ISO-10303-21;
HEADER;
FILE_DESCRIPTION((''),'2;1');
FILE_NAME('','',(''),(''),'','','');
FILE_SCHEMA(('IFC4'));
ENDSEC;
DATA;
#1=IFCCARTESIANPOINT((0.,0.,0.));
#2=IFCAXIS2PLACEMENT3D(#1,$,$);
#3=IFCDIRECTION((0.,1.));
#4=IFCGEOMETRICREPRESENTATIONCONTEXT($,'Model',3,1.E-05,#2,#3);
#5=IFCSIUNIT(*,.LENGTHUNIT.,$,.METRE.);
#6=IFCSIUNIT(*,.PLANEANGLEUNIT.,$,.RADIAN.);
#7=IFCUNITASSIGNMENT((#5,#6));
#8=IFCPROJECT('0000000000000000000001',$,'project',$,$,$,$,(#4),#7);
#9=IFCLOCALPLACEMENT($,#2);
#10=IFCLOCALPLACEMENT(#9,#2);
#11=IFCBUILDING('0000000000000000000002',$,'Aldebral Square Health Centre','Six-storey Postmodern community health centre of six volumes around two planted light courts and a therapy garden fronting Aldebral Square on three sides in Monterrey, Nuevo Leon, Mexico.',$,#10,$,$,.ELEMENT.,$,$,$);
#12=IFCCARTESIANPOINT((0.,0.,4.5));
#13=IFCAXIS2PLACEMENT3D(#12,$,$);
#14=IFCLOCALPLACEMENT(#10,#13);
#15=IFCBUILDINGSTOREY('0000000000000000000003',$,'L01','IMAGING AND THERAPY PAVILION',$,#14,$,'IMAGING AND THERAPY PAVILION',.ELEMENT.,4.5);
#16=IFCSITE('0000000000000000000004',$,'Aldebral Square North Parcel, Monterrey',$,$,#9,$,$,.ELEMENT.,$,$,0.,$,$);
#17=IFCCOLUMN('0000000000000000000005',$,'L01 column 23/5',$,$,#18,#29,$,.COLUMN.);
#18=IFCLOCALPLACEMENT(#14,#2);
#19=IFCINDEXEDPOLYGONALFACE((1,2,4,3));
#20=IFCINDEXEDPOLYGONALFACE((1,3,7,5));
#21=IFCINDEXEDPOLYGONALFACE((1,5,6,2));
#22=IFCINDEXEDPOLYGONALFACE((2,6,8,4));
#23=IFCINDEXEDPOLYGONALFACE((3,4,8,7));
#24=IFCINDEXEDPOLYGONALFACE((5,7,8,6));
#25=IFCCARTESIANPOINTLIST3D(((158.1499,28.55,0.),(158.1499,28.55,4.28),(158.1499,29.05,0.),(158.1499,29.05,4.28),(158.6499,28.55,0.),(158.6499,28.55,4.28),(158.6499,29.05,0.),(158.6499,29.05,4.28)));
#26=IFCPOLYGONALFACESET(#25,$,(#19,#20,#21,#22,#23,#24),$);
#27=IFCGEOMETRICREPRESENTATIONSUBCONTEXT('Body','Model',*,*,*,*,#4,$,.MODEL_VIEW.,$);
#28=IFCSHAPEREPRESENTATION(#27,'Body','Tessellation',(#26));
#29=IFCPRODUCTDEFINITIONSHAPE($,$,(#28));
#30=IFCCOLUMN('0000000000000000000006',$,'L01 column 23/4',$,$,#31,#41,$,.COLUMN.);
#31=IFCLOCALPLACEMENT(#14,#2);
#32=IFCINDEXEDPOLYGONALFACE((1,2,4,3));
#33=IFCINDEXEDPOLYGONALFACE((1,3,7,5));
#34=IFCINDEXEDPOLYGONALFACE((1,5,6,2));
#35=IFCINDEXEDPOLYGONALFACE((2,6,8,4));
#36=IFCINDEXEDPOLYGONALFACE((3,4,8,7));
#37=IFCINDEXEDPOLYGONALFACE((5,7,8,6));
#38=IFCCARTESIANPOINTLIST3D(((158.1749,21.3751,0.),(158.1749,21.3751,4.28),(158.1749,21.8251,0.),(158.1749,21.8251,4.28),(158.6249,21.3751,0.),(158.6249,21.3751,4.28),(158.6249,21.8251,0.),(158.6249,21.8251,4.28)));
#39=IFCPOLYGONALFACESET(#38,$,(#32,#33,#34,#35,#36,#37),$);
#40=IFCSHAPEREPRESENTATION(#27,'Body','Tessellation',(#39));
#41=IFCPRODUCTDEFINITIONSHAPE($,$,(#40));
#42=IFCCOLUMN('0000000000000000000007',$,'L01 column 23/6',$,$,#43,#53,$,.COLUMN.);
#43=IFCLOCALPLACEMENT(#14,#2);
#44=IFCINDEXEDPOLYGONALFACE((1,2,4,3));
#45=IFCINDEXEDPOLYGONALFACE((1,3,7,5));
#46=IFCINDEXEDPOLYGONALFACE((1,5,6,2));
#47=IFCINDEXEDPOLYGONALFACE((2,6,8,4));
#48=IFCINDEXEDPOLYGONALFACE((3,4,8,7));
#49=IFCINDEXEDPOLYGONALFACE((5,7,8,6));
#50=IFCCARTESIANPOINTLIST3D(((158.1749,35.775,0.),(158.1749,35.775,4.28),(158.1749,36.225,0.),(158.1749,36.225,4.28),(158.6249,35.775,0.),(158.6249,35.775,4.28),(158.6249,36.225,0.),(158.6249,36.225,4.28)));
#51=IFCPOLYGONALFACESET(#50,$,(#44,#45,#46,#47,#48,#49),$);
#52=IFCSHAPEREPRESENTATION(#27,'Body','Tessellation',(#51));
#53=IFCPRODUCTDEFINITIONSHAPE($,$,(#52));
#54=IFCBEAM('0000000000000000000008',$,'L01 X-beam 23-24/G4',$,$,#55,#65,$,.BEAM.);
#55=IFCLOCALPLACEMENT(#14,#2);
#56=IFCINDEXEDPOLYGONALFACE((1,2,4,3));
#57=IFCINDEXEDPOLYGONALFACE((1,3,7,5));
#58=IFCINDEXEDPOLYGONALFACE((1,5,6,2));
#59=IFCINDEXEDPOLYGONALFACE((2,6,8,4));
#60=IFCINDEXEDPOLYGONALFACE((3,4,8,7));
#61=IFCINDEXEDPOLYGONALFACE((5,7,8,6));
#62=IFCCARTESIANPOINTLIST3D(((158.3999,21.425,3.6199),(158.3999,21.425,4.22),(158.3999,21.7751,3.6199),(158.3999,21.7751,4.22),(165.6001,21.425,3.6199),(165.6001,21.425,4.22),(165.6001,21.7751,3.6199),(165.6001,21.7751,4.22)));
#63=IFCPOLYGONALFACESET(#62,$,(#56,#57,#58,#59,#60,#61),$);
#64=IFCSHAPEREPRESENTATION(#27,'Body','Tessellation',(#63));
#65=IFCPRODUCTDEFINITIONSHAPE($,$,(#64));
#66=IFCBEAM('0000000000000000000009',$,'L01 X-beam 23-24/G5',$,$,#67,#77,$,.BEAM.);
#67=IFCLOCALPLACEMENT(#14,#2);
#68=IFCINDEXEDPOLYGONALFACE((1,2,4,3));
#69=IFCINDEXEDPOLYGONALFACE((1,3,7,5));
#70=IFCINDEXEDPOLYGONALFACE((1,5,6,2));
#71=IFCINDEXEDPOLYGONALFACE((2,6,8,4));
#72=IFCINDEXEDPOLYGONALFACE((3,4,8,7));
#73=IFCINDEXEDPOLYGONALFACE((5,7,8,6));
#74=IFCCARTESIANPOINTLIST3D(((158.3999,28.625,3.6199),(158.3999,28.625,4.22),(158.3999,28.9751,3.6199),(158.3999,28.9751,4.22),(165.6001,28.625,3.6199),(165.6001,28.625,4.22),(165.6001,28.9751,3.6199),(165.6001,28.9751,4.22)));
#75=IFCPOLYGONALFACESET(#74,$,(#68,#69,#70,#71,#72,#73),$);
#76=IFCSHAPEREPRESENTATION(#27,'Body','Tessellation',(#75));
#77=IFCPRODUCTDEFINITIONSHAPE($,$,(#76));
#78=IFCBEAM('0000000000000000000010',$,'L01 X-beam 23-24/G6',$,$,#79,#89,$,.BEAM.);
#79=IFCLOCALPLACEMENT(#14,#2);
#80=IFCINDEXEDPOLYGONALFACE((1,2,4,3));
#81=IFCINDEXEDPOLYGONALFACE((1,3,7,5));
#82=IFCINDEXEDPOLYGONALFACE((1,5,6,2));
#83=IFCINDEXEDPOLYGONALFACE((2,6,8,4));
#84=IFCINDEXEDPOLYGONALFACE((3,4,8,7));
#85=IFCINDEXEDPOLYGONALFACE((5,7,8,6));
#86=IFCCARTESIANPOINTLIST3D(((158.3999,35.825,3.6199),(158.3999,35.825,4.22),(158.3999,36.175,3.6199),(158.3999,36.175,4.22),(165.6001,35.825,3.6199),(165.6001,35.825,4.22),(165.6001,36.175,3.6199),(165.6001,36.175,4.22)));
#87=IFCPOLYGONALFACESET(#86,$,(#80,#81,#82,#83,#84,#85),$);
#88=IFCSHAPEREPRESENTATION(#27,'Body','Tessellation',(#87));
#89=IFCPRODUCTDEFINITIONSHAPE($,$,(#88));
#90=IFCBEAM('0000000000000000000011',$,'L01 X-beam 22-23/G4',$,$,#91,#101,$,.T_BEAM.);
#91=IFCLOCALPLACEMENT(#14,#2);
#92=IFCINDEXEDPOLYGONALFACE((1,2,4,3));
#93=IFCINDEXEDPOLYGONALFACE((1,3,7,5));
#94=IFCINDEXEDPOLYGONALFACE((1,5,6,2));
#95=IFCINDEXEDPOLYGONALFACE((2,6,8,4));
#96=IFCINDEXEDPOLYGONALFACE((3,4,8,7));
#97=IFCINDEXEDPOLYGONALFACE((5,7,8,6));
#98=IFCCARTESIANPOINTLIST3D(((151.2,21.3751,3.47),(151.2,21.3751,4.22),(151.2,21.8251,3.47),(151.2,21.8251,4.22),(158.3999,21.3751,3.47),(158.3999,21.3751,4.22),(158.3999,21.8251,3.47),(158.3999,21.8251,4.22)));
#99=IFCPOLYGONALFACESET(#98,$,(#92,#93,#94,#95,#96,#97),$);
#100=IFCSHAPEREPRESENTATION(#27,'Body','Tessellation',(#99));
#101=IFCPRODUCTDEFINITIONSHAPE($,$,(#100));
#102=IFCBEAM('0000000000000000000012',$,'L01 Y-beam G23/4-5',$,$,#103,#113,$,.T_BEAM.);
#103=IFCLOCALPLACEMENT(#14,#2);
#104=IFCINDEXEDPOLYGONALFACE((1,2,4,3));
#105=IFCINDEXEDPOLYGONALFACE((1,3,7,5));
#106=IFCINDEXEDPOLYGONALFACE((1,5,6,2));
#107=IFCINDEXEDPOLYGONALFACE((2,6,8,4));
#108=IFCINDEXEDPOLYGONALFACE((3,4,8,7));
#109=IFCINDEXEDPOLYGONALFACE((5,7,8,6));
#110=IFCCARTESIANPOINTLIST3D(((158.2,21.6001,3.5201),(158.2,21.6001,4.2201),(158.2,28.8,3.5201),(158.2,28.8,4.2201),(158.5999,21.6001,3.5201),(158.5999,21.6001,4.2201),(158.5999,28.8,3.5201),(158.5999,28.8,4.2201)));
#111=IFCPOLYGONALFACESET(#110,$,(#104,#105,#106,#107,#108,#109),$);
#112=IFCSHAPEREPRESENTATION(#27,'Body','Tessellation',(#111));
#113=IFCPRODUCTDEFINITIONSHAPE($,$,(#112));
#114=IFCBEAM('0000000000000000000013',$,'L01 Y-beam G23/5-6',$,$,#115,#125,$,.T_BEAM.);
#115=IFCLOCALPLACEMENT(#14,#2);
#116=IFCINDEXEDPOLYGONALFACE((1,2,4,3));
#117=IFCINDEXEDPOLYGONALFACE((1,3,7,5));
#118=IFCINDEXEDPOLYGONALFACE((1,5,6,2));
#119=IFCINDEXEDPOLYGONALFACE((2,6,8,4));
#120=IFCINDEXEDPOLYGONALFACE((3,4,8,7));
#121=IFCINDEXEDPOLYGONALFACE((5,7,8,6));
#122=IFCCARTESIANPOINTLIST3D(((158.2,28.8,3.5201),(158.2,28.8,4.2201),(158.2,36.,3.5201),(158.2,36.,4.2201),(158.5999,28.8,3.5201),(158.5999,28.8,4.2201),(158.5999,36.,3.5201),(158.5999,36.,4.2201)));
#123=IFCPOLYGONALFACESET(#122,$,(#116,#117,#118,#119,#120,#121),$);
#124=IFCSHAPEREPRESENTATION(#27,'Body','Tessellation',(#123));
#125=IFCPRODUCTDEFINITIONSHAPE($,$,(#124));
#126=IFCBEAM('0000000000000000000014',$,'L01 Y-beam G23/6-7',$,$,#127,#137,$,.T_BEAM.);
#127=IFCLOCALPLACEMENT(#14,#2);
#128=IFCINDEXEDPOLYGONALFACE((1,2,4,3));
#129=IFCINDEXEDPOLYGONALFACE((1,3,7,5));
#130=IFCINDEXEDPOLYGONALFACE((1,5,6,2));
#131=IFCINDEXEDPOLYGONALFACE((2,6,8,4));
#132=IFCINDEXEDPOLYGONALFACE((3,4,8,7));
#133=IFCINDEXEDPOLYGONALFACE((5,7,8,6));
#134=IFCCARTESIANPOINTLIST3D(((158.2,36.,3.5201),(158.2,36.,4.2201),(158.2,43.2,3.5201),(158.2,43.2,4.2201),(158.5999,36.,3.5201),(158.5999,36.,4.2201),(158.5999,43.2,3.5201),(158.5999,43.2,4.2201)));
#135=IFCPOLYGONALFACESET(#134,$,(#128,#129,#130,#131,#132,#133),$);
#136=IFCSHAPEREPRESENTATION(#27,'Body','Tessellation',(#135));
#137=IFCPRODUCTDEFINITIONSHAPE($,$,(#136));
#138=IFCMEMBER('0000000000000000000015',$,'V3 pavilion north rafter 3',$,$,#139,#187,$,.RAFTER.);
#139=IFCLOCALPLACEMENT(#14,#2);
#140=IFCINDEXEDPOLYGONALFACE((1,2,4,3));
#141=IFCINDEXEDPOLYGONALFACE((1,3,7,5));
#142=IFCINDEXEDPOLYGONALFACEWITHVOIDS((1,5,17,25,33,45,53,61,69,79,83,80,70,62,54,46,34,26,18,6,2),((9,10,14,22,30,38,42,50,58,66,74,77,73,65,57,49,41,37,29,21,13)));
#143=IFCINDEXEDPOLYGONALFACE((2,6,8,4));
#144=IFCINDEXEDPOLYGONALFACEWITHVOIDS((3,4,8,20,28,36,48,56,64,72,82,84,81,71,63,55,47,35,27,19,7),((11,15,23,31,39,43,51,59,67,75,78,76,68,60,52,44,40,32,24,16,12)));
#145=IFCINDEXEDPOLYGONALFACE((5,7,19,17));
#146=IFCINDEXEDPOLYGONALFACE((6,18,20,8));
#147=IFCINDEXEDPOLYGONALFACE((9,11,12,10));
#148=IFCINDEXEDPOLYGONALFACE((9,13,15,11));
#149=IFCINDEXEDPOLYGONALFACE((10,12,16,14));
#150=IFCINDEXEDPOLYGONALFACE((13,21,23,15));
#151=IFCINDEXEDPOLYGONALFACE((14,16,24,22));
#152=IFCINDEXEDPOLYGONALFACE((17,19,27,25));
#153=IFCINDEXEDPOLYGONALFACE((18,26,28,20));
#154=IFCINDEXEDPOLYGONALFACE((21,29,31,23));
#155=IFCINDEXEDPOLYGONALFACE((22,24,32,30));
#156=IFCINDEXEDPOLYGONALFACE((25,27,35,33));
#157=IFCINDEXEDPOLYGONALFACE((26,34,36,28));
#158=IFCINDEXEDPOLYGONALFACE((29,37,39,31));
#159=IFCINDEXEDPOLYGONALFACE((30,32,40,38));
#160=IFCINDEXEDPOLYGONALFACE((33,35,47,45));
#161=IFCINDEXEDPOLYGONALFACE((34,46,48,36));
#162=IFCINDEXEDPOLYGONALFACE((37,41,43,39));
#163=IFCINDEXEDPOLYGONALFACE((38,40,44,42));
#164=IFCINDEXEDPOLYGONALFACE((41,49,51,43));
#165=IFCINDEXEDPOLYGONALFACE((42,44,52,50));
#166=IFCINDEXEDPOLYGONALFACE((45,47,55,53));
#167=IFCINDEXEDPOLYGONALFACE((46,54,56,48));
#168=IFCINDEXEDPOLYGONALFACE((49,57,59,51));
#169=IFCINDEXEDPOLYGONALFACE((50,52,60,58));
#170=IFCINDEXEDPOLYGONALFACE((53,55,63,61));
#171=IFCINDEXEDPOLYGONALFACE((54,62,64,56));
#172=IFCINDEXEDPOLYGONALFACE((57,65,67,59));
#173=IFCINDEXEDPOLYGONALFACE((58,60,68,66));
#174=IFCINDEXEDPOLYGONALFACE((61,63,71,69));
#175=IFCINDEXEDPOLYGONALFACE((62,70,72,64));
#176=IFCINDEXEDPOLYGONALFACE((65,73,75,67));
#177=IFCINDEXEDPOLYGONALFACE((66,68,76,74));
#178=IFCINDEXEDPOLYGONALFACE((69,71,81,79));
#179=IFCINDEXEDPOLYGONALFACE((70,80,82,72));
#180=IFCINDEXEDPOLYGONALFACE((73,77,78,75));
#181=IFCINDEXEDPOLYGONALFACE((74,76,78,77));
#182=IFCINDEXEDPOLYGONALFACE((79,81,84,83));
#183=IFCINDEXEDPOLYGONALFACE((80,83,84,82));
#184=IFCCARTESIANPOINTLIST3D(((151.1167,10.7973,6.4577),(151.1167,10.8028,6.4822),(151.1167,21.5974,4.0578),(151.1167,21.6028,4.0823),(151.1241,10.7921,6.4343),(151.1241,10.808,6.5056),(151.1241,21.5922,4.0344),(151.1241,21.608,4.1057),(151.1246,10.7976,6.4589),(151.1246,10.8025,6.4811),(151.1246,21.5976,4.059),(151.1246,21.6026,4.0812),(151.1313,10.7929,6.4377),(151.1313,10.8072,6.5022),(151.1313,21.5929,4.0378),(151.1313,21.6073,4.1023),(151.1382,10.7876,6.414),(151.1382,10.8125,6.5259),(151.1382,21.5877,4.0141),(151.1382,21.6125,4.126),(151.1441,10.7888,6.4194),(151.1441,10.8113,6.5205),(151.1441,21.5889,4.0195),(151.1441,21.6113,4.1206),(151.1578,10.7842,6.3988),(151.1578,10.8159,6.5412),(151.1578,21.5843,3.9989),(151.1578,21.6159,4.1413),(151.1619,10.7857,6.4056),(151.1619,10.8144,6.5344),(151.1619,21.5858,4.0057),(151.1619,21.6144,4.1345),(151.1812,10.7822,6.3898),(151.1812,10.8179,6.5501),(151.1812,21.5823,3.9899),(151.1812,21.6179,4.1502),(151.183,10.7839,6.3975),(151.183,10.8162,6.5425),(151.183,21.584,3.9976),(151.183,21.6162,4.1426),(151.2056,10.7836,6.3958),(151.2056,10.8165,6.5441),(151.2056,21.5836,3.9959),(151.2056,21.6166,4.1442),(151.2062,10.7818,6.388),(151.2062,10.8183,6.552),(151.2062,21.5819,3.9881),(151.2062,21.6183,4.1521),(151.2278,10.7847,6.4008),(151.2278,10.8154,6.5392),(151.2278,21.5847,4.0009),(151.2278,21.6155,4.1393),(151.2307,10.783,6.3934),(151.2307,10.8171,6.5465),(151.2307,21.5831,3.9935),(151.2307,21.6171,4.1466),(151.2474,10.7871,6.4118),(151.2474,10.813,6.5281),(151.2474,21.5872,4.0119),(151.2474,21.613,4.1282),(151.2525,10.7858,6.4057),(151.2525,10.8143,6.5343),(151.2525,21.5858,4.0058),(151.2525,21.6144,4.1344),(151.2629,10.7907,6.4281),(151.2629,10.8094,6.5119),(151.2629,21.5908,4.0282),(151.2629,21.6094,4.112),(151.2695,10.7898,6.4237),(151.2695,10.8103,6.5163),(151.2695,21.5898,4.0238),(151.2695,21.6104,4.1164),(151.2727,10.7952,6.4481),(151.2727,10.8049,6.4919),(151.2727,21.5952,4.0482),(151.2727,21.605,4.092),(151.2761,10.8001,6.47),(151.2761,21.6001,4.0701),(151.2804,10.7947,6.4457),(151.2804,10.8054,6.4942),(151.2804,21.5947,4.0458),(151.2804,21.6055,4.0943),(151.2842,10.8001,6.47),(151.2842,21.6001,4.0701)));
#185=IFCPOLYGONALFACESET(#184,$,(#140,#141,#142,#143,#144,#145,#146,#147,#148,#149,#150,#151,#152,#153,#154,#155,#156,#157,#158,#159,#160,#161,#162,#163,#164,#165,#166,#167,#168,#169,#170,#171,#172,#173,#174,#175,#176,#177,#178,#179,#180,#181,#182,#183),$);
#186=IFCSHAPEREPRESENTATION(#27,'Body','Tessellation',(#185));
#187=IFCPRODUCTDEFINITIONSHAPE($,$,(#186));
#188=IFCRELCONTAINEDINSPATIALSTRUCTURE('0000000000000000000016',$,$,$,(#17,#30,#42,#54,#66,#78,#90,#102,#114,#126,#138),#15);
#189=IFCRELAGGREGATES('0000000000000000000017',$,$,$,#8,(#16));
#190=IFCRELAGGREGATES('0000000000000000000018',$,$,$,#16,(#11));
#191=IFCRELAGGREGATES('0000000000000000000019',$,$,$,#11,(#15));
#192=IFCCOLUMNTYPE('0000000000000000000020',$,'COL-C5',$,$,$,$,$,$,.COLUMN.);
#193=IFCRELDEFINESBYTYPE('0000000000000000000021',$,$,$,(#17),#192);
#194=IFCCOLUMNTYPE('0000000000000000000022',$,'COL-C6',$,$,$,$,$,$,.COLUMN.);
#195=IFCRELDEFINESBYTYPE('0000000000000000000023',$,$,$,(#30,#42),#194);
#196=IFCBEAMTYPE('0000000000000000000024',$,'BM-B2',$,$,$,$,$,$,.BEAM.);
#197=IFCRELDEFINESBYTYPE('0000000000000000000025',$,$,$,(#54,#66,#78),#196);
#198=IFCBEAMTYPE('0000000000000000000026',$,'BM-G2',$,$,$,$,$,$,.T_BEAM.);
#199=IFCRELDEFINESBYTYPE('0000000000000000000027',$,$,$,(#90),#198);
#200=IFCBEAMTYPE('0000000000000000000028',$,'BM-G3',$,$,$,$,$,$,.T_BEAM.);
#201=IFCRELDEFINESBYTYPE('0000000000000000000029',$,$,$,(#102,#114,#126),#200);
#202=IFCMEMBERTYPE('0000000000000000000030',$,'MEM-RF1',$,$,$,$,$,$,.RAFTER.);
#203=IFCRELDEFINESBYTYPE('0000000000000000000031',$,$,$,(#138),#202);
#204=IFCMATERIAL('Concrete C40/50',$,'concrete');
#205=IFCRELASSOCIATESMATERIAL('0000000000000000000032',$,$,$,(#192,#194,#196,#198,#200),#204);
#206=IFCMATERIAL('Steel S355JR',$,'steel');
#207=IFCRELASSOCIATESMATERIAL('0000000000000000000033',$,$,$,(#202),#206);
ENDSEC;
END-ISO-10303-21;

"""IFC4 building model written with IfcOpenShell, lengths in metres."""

from ifc_helpers import new_model, si_unit, direction, frame, origin, origin_2d, place, context, subcontext, project, spatial, rectangle, hollow_circle, extrude, material, material_profile, profile_set, type_object, element, save


model = new_model("IFC4")

# Units and contexts
model_context = context("Model", 3, precision=1e-05, world=origin(), true_north=direction((0.0, 1.0)))
body_context = subcontext(model_context, "Body", "Model", "MODEL_VIEW")
ifc_project = project(units=[si_unit("LENGTHUNIT", "METRE"), si_unit("PLANEANGLEUNIT", "RADIAN")], contexts=[model_context])

# Site, building, storey
site_placement = place(None, origin())
site = spatial("IfcSite", under=ifc_project, at=site_placement, Name="Aldebral Square North Parcel, Monterrey", CompositionType="ELEMENT", RefElevation=0.0)
building_placement = place(site_placement, origin())
building = spatial("IfcBuilding", under=site, at=building_placement, Name="Aldebral Square Health Centre", Description="Six-storey Postmodern community health centre of six volumes around two planted light courts and a therapy garden fronting Aldebral Square on three sides in Monterrey, Nuevo Leon, Mexico.", CompositionType="ELEMENT")
storey_placement = place(building_placement, frame((0.0, 0.0, 4.5)))
storey = spatial("IfcBuildingStorey", under=building, at=storey_placement, Name="L01", Description="IMAGING AND THERAPY PAVILION", LongName="IMAGING AND THERAPY PAVILION", CompositionType="ELEMENT", Elevation=4.5)

# Columns
ifc_material_1 = material(Name="Concrete C40/50", Category="concrete")
ifc_material_profile_1 = material_profile(ifc_material_1, rectangle(XDim=0.5, YDim=0.5, at=origin_2d()), Name="RC 500x500")
ifc_profile_set_1 = profile_set([ifc_material_profile_1], Name="Concrete C40/50")
column_type_1 = type_object("IfcColumnType", Name="COL-C5", PredefinedType="COLUMN", material=ifc_profile_set_1)
column_placement = place(storey_placement, frame((158.3999, 28.8, 0.0), z_axis=(0.0, 0.0, 1.0), x_axis=(1.0, 0.0, 0.0)))
element("IfcColumn", 1, at=column_placement, inside=storey, type_object=column_type_1, Name="L01 column 23/5", PredefinedType="COLUMN", context=body_context, shape_type="SweptSolid", body=[
    extrude(rectangle(XDim=0.5, YDim=0.5, at=origin_2d()), origin(), (0.0, 0.0, 1.0), 4.28),
])
ifc_material_profile_2 = material_profile(ifc_material_1, rectangle(XDim=0.45, YDim=0.45, at=origin_2d()), Name="RC 450x450")
ifc_profile_set_2 = profile_set([ifc_material_profile_2], Name="Concrete C40/50")
column_type_2 = type_object("IfcColumnType", Name="COL-C6", PredefinedType="COLUMN", material=ifc_profile_set_2)
for number, where, z_axis, x_axis, name in (
    (2, (158.3999, 21.6001, 0.0), (0.0, 0.0, 1.0), (1.0, 0.0, 0.0), "L01 column 23/4"),
    (3, (158.3999, 36.0, 0.0), (0.0, 0.0, 1.0), (1.0, 0.0, 0.0), "L01 column 23/6"),
):
    element("IfcColumn", number, at=place(storey_placement, frame(where, z_axis=z_axis, x_axis=x_axis)), inside=storey, type_object=column_type_2, Name=name, PredefinedType="COLUMN", context=body_context, shape_type="SweptSolid", body=[
        extrude(rectangle(XDim=0.45, YDim=0.45, at=origin_2d()), origin(), (0.0, 0.0, 1.0), 4.28),
    ])

# Beams
ifc_material_profile_3 = material_profile(ifc_material_1, rectangle(XDim=0.3501, YDim=0.6001, at=origin_2d()), Name="RC 350x600")
ifc_profile_set_3 = profile_set([ifc_material_profile_3], Name="Concrete C40/50")
beam_type_1 = type_object("IfcBeamType", Name="BM-B2", PredefinedType="BEAM", material=ifc_profile_set_3)
for number, where, z_axis, x_axis, name in (
    (4, (158.3999, 21.6001, 3.9199), (1.0, 0.0, 0.0), (0.0, 1.0, 0.0), "L01 X-beam 23-24/G4"),
    (5, (158.3999, 28.8, 3.9199), (1.0, 0.0, 0.0), (0.0, 1.0, 0.0), "L01 X-beam 23-24/G5"),
    (6, (158.3999, 36.0, 3.9199), (1.0, 0.0, 0.0), (0.0, 1.0, 0.0), "L01 X-beam 23-24/G6"),
):
    element("IfcBeam", number, at=place(storey_placement, frame(where, z_axis=z_axis, x_axis=x_axis)), inside=storey, type_object=beam_type_1, Name=name, PredefinedType="BEAM", context=body_context, shape_type="SweptSolid", body=[
        extrude(rectangle(XDim=0.3501, YDim=0.6001, at=origin_2d()), origin(), (0.0, 0.0, 1.0), 7.2002),
    ])
ifc_material_profile_4 = material_profile(ifc_material_1, rectangle(XDim=0.45, YDim=0.75, at=origin_2d()), Name="RC 450x750")
ifc_profile_set_4 = profile_set([ifc_material_profile_4], Name="Concrete C40/50")
beam_type_2 = type_object("IfcBeamType", Name="BM-G2", PredefinedType="T_BEAM", material=ifc_profile_set_4)
beam_placement = place(storey_placement, frame((151.2, 21.6001, 3.845), z_axis=(1.0, 0.0, 0.0), x_axis=(0.0, 1.0, 0.0)))
element("IfcBeam", 7, at=beam_placement, inside=storey, type_object=beam_type_2, Name="L01 X-beam 22-23/G4", PredefinedType="T_BEAM", context=body_context, shape_type="SweptSolid", body=[
    extrude(rectangle(XDim=0.45, YDim=0.75, at=origin_2d()), origin(), (0.0, 0.0, 1.0), 7.2),
])
ifc_material_profile_5 = material_profile(ifc_material_1, rectangle(XDim=0.3999, YDim=0.7, at=origin_2d()), Name="RC 400x700")
ifc_profile_set_5 = profile_set([ifc_material_profile_5], Name="Concrete C40/50")
beam_type_3 = type_object("IfcBeamType", Name="BM-G3", PredefinedType="T_BEAM", material=ifc_profile_set_5)
for number, where, z_axis, x_axis, name in (
    (8, (158.3999, 21.6001, 3.8701), (0.0, 1.0, 0.0), (-1.0, 0.0, 0.0), "L01 Y-beam G23/4-5"),
    (9, (158.3999, 28.8, 3.8701), (0.0, 1.0, 0.0), (-1.0, 0.0, 0.0), "L01 Y-beam G23/5-6"),
    (10, (158.3999, 36.0, 3.8701), (0.0, 1.0, 0.0), (-1.0, 0.0, 0.0), "L01 Y-beam G23/6-7"),
):
    element("IfcBeam", number, at=place(storey_placement, frame(where, z_axis=z_axis, x_axis=x_axis)), inside=storey, type_object=beam_type_3, Name=name, PredefinedType="T_BEAM", context=body_context, shape_type="SweptSolid", body=[
        extrude(rectangle(XDim=0.3999, YDim=0.7, at=origin_2d()), origin(), (0.0, 0.0, 1.0), 7.2),
    ])

# Member
ifc_material_2 = material(Name="Steel S355JR", Category="steel")
ifc_material_profile_6 = material_profile(ifc_material_2, hollow_circle(Radius=0.0842, WallThickness=0.0081, at=origin_2d()), Name="168.3x8.0 CHS")
ifc_profile_set_6 = profile_set([ifc_material_profile_6], Name="Steel S355JR")
member_type = type_object("IfcMemberType", Name="MEM-RF1", PredefinedType="RAFTER", material=ifc_profile_set_6)
for number, where, z_axis, x_axis, name in (
    (11, (151.2, 21.6001, 4.0701), (0.0, -0.976189, 0.216921), (1.0, 0.0, 0.0), "V3 pavilion north rafter 3"),
):
    element("IfcMember", number, at=place(storey_placement, frame(where, z_axis=z_axis, x_axis=x_axis)), inside=storey, type_object=member_type, Name=name, PredefinedType="RAFTER", context=body_context, shape_type="SweptSolid", body=[
        extrude(hollow_circle(Radius=0.0842, WallThickness=0.0081, at=origin_2d()), origin(), (0.0, 0.0, 1.0), 11.0635),
    ])

save(model, "model.ifc")
